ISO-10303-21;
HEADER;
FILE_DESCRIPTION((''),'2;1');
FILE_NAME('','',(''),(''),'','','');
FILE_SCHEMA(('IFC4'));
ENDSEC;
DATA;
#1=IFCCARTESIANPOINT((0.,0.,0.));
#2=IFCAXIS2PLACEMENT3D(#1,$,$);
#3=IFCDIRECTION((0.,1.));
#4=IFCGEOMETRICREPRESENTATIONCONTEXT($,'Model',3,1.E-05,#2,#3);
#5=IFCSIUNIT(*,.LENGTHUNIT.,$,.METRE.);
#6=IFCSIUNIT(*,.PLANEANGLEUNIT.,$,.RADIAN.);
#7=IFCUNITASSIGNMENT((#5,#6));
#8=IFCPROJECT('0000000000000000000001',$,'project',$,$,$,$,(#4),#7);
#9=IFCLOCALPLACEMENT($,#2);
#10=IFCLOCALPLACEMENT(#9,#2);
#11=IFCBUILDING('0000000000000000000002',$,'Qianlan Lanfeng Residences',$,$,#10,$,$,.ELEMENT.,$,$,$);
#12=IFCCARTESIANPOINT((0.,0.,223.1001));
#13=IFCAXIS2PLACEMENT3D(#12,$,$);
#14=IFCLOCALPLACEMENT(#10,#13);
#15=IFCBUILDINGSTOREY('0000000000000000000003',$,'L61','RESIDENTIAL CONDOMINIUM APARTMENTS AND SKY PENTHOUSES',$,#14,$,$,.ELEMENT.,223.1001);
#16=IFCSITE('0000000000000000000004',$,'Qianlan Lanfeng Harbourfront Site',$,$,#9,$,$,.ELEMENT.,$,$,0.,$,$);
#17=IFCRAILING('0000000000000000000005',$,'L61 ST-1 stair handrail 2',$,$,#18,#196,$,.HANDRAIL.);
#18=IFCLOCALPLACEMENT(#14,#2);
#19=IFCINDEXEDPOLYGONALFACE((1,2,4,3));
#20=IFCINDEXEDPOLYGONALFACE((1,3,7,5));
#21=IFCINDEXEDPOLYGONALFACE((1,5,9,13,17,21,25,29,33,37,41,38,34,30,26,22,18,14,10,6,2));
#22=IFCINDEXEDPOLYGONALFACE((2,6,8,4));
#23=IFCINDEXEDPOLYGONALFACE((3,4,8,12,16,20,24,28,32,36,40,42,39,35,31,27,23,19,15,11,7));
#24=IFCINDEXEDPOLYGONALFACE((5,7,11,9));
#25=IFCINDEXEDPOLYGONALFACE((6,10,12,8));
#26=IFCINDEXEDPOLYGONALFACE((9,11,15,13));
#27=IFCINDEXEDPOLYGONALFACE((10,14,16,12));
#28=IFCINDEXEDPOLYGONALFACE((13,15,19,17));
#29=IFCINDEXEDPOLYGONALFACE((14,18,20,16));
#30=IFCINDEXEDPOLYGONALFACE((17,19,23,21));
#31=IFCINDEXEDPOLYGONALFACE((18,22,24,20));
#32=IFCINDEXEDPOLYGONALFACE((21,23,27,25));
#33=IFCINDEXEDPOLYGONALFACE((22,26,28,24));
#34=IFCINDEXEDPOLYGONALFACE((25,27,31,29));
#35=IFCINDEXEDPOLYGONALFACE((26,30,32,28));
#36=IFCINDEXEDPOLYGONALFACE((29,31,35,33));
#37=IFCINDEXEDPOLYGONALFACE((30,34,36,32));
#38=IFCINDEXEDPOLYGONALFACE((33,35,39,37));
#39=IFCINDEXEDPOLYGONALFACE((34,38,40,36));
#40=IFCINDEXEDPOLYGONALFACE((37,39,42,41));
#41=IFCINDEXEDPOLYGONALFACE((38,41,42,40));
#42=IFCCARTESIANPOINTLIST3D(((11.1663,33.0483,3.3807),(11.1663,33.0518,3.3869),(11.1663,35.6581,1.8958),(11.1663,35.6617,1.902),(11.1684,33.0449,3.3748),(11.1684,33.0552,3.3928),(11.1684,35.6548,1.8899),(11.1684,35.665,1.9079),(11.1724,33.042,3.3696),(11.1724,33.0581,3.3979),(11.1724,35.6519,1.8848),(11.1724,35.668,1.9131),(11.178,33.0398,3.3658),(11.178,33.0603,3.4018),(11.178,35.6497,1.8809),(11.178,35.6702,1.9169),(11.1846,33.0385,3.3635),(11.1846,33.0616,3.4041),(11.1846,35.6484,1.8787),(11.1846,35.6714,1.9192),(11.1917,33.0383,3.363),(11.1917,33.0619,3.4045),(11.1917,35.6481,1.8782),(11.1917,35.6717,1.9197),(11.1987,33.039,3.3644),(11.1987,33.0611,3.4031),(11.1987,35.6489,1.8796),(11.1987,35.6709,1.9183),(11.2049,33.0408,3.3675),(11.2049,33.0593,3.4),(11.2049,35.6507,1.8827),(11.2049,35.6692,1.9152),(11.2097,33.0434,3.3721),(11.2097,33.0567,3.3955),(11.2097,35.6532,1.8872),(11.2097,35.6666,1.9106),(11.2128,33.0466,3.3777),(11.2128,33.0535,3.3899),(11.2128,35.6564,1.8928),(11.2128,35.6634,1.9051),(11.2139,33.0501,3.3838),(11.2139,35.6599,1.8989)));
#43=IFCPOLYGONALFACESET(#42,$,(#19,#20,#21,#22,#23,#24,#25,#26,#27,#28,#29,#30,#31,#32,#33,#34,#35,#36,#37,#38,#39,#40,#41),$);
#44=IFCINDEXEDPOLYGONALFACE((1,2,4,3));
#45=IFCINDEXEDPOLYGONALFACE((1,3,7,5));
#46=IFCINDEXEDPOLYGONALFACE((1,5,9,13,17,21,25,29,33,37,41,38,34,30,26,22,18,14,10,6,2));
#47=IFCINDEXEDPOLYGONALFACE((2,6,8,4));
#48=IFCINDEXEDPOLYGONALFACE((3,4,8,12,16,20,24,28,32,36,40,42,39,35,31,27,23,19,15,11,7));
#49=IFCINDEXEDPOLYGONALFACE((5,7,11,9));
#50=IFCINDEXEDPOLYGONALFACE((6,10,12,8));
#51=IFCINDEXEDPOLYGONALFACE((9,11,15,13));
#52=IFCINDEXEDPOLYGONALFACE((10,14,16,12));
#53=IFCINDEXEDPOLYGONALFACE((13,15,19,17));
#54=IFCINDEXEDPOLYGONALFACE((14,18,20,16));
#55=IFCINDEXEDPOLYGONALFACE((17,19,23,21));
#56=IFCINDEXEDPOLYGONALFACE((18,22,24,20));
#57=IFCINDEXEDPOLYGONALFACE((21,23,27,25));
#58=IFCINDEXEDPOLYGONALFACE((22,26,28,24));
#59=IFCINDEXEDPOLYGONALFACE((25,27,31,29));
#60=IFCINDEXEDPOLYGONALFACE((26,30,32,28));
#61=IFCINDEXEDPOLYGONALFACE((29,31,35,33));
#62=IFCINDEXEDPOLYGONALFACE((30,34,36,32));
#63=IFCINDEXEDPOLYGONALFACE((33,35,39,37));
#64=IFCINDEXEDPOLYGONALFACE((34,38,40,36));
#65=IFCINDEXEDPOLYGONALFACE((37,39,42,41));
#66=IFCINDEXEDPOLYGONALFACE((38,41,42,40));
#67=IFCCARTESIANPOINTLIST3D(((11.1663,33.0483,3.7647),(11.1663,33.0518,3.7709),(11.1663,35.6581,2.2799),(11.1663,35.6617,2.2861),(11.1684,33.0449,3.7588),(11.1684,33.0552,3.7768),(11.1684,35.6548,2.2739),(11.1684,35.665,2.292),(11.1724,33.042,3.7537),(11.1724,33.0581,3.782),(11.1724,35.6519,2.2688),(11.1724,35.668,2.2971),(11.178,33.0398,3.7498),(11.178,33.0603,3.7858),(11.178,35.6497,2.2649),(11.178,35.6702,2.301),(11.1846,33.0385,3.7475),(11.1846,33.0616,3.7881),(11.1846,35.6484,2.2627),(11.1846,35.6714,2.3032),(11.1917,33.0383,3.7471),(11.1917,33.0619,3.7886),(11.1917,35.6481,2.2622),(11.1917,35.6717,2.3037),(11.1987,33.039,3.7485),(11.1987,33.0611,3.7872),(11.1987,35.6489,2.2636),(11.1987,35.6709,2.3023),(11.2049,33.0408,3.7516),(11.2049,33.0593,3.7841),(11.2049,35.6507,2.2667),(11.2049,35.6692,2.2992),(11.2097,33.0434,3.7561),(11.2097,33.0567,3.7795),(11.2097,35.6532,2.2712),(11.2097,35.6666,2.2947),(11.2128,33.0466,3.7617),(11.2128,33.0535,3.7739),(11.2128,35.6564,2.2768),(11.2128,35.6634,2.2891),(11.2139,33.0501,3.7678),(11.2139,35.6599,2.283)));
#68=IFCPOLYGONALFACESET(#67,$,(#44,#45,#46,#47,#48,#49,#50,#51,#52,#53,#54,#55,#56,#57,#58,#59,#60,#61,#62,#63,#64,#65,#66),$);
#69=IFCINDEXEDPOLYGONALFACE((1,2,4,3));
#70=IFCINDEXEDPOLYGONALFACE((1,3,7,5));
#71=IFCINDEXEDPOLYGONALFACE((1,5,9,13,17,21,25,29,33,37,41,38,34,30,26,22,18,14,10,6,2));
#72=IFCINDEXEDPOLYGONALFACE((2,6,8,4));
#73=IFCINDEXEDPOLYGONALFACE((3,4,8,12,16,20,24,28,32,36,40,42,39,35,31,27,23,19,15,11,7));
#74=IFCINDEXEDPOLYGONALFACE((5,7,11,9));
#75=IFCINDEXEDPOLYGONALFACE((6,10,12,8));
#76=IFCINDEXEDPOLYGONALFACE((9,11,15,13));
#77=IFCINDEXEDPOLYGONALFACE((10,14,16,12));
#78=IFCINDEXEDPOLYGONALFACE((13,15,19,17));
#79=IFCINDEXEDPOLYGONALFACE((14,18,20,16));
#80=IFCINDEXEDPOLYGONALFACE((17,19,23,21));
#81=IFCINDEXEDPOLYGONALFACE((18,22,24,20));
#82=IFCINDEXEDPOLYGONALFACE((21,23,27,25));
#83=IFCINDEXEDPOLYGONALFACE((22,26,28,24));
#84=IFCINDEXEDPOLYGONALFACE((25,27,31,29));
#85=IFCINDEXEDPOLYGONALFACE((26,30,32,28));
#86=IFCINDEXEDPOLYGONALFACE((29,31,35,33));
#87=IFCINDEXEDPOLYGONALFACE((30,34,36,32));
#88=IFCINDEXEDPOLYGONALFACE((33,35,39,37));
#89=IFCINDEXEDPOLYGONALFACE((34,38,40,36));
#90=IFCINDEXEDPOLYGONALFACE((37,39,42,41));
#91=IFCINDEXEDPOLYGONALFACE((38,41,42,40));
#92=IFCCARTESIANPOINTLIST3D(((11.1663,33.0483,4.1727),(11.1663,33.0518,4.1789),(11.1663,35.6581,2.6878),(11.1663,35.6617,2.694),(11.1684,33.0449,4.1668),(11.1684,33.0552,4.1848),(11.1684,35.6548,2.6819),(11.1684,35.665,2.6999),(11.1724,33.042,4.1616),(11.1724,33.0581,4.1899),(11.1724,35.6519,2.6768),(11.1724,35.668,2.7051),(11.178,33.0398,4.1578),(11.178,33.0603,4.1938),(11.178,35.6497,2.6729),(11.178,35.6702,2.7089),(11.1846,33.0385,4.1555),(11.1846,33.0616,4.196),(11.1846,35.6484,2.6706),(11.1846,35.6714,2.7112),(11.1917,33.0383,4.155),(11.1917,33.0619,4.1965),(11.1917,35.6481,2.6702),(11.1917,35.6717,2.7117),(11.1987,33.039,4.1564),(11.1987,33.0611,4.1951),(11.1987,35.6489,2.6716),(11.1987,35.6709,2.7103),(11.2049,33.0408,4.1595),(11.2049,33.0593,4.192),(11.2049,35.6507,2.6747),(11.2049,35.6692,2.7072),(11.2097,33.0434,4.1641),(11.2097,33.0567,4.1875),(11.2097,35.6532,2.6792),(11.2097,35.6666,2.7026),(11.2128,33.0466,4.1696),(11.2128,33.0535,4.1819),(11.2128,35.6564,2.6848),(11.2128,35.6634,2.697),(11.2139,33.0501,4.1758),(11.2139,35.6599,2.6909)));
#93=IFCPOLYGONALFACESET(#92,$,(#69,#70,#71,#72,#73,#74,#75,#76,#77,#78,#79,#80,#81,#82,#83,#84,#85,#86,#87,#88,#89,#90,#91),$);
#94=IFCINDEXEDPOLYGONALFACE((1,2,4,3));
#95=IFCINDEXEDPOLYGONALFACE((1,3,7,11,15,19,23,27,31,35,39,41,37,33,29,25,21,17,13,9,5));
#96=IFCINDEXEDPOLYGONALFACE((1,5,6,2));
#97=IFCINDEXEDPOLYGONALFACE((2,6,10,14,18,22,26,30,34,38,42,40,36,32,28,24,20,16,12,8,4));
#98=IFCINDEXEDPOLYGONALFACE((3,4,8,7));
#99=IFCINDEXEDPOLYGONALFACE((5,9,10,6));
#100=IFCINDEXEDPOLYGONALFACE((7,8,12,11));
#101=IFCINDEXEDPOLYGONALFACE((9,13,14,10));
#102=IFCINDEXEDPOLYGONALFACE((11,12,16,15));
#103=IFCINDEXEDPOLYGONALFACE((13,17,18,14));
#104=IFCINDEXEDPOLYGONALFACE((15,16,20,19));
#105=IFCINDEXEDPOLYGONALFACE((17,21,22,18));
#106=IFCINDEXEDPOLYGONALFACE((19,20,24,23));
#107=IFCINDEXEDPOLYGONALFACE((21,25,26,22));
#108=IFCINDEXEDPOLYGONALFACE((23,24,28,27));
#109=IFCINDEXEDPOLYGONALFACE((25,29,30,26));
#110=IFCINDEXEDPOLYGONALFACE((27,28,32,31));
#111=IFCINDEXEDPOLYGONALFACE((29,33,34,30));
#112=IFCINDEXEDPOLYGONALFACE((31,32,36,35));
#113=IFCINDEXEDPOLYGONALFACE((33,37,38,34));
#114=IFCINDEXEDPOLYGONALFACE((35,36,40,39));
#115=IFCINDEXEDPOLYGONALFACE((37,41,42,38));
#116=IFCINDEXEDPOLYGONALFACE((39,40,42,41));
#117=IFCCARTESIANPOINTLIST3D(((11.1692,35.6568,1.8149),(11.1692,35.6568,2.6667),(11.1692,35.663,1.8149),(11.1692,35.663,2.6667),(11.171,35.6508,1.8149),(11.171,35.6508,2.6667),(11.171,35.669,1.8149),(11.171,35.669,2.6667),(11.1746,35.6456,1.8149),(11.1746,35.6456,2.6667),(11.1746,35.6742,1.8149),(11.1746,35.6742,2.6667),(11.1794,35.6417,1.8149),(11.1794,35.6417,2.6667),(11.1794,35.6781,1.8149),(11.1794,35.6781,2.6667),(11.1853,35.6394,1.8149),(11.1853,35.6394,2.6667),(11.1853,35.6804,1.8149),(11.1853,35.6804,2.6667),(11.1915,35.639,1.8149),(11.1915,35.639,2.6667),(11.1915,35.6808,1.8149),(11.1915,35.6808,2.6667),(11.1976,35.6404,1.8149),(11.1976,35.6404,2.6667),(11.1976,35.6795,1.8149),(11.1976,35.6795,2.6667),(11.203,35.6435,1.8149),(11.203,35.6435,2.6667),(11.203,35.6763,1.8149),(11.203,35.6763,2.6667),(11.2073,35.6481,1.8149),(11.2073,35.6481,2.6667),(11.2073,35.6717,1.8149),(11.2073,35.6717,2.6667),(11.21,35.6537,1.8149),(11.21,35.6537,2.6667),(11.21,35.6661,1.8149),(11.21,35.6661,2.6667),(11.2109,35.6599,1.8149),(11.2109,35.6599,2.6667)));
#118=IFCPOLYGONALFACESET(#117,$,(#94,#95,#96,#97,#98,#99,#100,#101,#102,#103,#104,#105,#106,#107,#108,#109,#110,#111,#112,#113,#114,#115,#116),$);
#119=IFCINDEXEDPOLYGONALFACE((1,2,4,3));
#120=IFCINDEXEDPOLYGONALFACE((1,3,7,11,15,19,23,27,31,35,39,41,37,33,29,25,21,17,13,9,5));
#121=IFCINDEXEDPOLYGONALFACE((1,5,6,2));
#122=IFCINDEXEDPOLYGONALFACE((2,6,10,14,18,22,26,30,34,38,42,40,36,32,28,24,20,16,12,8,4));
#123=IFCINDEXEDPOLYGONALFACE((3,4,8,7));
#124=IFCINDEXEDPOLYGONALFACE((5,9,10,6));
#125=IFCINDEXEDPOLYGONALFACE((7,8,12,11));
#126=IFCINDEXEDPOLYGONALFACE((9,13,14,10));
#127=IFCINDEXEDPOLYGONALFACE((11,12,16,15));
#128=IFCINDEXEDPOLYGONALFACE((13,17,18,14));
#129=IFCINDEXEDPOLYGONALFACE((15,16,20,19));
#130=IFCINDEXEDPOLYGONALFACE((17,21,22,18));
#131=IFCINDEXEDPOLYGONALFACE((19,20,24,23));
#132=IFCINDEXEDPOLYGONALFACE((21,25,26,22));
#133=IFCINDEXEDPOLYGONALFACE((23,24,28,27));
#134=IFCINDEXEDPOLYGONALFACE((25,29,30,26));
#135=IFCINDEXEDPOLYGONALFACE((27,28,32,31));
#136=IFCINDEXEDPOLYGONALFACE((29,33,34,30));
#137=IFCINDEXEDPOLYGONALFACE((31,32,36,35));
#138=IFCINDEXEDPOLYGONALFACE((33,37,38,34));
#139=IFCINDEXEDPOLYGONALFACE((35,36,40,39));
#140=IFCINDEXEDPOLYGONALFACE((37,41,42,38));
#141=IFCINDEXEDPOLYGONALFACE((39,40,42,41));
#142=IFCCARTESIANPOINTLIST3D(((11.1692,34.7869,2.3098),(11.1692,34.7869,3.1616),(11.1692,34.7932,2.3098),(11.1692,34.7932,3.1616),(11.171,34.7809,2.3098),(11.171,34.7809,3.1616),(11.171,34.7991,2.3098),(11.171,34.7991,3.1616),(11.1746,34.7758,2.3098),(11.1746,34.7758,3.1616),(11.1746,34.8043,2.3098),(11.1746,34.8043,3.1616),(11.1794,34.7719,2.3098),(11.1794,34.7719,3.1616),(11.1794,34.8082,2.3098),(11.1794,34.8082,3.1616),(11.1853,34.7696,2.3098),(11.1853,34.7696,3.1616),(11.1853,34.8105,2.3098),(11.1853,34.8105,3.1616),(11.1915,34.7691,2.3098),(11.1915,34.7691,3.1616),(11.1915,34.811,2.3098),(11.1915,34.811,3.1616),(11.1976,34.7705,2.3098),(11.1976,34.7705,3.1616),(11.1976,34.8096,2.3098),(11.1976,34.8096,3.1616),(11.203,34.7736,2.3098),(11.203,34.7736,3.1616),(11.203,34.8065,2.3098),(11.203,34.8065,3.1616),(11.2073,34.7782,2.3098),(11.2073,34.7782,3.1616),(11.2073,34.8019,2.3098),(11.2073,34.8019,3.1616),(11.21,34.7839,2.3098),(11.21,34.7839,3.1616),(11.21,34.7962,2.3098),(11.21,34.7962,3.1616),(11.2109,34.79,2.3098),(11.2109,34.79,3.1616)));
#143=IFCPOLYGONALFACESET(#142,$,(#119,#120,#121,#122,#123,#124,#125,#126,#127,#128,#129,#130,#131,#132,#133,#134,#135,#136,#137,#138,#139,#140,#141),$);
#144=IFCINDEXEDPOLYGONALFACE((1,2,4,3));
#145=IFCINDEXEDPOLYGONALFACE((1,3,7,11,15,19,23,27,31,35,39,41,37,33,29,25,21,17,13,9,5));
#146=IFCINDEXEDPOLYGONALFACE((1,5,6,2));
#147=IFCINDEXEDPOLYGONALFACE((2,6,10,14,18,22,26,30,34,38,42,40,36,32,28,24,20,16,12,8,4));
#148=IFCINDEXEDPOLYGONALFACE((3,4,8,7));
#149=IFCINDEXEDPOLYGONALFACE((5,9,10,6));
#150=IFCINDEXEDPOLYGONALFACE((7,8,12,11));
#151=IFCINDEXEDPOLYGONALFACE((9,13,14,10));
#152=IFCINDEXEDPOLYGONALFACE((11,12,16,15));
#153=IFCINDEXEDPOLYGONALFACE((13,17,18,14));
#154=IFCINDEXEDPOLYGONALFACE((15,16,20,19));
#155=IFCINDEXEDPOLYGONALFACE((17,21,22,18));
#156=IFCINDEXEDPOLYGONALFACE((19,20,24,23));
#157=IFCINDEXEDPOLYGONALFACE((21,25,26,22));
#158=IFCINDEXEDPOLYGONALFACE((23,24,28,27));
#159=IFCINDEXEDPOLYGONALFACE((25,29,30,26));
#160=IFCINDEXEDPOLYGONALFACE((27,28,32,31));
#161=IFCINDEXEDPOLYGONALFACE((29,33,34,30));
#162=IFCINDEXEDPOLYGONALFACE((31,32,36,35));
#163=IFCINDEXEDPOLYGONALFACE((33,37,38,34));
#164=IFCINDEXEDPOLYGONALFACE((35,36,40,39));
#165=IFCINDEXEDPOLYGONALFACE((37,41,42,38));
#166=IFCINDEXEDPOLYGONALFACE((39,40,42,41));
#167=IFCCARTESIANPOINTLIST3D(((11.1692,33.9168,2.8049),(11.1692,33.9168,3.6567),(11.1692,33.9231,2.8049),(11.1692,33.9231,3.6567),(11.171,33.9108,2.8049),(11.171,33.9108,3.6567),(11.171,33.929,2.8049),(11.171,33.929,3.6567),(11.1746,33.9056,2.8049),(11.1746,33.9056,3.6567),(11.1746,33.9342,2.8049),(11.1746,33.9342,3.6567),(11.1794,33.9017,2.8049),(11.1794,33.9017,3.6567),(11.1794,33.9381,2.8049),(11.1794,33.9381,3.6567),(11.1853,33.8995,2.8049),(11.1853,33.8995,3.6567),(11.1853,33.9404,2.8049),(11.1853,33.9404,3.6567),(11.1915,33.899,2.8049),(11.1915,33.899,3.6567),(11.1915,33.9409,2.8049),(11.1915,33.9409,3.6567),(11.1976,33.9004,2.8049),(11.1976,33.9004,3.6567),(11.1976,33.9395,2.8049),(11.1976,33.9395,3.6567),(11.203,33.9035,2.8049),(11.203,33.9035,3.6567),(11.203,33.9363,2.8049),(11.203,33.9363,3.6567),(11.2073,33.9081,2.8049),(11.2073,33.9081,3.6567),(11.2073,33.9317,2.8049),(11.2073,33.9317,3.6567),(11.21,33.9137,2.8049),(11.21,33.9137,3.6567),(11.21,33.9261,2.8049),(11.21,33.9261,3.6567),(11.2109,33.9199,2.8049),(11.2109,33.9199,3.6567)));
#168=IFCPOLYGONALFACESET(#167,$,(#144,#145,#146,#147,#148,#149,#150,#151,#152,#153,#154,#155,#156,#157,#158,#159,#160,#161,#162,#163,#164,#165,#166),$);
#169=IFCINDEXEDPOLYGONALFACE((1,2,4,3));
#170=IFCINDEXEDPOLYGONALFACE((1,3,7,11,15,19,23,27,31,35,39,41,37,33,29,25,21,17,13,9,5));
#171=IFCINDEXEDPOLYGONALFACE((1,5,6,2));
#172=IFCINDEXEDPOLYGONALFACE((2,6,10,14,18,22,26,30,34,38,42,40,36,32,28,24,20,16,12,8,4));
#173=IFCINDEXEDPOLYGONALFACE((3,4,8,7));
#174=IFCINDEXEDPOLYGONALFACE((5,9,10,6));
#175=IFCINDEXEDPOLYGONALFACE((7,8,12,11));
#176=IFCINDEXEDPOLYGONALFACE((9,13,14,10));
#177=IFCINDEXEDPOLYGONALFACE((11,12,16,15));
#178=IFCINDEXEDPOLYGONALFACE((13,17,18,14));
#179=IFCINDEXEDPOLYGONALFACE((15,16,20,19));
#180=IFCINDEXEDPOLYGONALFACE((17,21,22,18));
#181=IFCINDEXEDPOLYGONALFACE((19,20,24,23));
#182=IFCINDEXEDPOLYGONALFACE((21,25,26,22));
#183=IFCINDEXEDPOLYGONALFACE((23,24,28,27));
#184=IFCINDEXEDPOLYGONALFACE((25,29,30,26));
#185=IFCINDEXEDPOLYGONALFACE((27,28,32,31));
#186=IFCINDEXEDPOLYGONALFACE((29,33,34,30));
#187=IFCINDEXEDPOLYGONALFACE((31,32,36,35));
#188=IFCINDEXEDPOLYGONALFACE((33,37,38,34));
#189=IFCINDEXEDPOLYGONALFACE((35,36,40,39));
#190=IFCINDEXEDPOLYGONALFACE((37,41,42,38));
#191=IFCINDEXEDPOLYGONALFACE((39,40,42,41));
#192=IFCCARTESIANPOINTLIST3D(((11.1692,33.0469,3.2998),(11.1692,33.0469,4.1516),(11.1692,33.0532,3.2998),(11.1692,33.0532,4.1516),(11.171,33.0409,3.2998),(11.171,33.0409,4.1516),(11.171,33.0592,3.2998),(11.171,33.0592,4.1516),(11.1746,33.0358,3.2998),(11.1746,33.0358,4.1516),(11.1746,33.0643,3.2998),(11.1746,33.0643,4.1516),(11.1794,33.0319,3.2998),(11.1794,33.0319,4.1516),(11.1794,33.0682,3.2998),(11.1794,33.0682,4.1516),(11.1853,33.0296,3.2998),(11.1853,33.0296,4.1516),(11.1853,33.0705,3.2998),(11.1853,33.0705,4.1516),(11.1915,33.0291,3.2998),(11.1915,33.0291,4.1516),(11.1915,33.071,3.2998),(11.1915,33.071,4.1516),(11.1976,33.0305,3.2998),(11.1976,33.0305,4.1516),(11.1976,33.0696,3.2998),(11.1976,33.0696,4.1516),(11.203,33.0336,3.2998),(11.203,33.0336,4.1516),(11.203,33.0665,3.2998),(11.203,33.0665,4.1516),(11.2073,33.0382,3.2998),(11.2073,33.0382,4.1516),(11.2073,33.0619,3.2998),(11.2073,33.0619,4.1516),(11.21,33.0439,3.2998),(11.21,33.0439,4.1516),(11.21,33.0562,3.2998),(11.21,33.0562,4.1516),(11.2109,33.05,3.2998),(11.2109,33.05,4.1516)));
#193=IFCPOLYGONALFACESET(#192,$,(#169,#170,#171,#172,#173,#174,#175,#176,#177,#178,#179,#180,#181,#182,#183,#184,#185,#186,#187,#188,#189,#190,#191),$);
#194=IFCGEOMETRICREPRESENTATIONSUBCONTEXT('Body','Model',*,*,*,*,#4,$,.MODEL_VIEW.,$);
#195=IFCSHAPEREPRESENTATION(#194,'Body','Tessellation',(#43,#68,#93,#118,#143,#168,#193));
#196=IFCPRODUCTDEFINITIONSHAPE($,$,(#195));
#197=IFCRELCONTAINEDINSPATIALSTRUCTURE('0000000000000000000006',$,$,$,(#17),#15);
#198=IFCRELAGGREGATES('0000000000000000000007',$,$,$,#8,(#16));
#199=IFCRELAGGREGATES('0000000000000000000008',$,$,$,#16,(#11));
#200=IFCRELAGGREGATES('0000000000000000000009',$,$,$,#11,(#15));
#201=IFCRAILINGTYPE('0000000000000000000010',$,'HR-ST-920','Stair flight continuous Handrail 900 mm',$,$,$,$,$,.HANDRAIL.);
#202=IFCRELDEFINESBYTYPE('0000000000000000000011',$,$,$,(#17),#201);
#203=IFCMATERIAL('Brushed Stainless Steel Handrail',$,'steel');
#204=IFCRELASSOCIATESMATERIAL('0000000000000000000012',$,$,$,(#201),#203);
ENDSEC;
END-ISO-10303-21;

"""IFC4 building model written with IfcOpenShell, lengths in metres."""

from ifc_helpers import new_model, si_unit, direction, frame, origin, origin_2d, place, context, subcontext, project, spatial, circle, extrude, material, type_object, element, save


model = new_model("IFC4")

# Units and contexts
model_context = context("Model", 3, precision=1e-05, world=origin(), true_north=direction((0.0, 1.0)))
body_context = subcontext(model_context, "Body", "Model", "MODEL_VIEW")
ifc_project = project(units=[si_unit("LENGTHUNIT", "METRE"), si_unit("PLANEANGLEUNIT", "RADIAN")], contexts=[model_context])

# Site, building, storey
site_placement = place(None, origin())
site = spatial("IfcSite", under=ifc_project, at=site_placement, Name="Qianlan Lanfeng Harbourfront Site", CompositionType="ELEMENT", RefElevation=0.0)
building_placement = place(site_placement, origin())
building = spatial("IfcBuilding", under=site, at=building_placement, Name="Qianlan Lanfeng Residences", CompositionType="ELEMENT")
storey_placement = place(building_placement, frame((0.0, 0.0, 223.1001)))
storey = spatial("IfcBuildingStorey", under=building, at=storey_placement, Name="L61", Description="RESIDENTIAL CONDOMINIUM APARTMENTS AND SKY PENTHOUSES", CompositionType="ELEMENT", Elevation=223.1001)

# Railing
ifc_material_1 = material(Name="Brushed Stainless Steel Handrail", Category="steel")
railing_type_1 = type_object("IfcRailingType", Name="HR-ST-920", Description="Stair flight continuous Handrail 900 mm", PredefinedType="HANDRAIL", material=ifc_material_1)
railing_1_placement = place(storey_placement, frame((11.1899, 35.6599, 1.8149)))
element("IfcRailing", 1, at=railing_1_placement, inside=storey, type_object=railing_type_1, Name="L61 ST-1 stair handrail 2", PredefinedType="HANDRAIL", context=body_context, shape_type="SweptSolid", body=[
    extrude(circle(Radius=0.0239, at=origin_2d()), frame((0.0, 0.0, 0.084), z_axis=(0.0, -0.869172, 0.494509), x_axis=(1.0, 0.0, 0.0)), (0.0, 0.0, 1.0), 3.0027),
    extrude(circle(Radius=0.0239, at=origin_2d()), frame((0.0, 0.0, 0.468), z_axis=(0.0, -0.869172, 0.494509), x_axis=(1.0, 0.0, 0.0)), (0.0, 0.0, 1.0), 3.0027),
    extrude(circle(Radius=0.0239, at=origin_2d()), frame((0.0, 0.0, 0.876), z_axis=(0.0, -0.869172, 0.494509), x_axis=(1.0, 0.0, 0.0)), (0.0, 0.0, 1.0), 3.0027),
    extrude(circle(Radius=0.021, at=origin_2d()), origin(), (0.0, 0.0, 1.0), 0.8518),
    extrude(circle(Radius=0.021, at=origin_2d()), frame((0.0, -0.8699, 0.4949)), (0.0, 0.0, 1.0), 0.8518),
    extrude(circle(Radius=0.021, at=origin_2d()), frame((0.0, -1.74, 0.99)), (0.0, 0.0, 1.0), 0.8518),
    extrude(circle(Radius=0.021, at=origin_2d()), frame((0.0, -2.6099, 1.4849)), (0.0, 0.0, 1.0), 0.8518),
])

save(model, "model.ifc")
